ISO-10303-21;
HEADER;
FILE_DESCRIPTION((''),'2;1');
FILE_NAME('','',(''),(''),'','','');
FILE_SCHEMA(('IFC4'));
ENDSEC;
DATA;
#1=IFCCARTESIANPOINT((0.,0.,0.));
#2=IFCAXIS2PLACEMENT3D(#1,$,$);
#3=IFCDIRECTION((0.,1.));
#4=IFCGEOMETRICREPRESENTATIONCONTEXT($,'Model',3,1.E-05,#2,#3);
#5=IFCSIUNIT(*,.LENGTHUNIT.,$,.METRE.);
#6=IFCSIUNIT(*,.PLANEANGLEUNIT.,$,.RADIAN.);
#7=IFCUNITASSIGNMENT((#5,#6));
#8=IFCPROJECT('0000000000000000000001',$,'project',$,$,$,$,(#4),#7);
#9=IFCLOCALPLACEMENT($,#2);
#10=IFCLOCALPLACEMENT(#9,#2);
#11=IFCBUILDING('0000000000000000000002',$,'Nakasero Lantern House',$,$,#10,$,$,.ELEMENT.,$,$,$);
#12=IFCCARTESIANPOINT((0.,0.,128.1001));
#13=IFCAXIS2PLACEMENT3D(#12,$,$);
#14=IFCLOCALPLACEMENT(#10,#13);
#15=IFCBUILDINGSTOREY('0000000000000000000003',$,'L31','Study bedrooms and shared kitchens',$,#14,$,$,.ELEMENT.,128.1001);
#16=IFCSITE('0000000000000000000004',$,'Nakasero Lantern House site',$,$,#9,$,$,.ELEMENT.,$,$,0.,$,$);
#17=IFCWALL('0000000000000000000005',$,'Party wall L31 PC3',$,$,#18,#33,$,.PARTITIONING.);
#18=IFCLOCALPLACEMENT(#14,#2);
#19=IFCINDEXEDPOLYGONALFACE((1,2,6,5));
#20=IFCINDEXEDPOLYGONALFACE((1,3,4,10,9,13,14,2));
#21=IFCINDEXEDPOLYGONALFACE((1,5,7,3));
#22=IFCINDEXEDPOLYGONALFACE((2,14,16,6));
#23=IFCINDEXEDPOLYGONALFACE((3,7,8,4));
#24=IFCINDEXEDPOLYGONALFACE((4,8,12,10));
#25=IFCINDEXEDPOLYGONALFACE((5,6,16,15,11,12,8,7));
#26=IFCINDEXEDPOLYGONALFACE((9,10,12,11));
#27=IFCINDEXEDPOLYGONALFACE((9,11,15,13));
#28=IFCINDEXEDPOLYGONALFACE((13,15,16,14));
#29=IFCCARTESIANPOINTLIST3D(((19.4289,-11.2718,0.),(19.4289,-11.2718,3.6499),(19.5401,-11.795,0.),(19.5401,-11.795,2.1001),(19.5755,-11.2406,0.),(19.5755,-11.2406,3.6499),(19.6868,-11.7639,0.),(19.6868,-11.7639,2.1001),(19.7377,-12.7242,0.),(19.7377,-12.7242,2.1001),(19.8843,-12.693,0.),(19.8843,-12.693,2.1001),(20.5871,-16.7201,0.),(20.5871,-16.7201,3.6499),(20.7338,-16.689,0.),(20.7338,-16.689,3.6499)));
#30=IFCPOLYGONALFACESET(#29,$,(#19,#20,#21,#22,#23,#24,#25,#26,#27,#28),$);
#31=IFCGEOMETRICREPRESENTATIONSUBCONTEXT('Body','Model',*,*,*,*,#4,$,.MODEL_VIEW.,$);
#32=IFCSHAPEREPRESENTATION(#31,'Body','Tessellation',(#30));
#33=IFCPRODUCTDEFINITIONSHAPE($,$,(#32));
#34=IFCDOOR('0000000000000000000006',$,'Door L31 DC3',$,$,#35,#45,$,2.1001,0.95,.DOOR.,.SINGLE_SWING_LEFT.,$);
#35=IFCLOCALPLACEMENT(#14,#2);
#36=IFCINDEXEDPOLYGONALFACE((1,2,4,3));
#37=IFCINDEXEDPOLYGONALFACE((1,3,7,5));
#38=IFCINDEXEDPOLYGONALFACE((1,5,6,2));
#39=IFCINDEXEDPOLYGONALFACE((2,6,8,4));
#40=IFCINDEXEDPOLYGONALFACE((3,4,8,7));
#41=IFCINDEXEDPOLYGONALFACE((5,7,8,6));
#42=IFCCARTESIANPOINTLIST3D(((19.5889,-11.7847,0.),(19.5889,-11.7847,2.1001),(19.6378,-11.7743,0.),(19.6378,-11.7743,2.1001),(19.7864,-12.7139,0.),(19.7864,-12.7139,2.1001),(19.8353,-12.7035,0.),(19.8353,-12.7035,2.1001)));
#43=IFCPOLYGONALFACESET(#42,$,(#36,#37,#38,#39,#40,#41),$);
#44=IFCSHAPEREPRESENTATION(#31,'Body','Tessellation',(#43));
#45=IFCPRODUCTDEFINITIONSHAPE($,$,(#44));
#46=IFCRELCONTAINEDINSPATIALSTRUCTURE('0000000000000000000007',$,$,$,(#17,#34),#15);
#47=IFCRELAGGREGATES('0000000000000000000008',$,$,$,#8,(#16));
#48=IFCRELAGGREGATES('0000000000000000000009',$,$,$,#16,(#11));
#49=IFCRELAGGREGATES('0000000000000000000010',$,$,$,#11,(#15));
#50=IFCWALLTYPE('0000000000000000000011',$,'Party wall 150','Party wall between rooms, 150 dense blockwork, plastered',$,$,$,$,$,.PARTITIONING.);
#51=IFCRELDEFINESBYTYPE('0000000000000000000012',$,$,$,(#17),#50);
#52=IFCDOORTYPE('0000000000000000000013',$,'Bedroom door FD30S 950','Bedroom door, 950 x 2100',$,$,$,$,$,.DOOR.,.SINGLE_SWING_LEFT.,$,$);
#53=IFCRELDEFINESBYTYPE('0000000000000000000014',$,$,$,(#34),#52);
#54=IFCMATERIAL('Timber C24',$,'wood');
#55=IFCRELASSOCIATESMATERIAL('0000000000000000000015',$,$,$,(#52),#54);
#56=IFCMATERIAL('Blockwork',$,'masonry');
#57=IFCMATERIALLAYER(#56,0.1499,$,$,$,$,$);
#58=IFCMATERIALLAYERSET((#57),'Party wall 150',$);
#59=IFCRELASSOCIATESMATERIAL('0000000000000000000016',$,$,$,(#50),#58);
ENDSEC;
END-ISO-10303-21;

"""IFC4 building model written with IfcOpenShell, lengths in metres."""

from ifc_helpers import new_model, si_unit, direction, frame, frame_2d, origin, place, context, subcontext, project, spatial, rectangle, extrude, material, layer, layer_set, type_object, element, fill, save


model = new_model("IFC4")

# Units and contexts
model_context = context("Model", 3, precision=1e-05, world=origin(), true_north=direction((0.0, 1.0)))
body_context = subcontext(model_context, "Body", "Model", "MODEL_VIEW")
ifc_project = project(units=[si_unit("LENGTHUNIT", "METRE"), si_unit("PLANEANGLEUNIT", "RADIAN")], contexts=[model_context])

# Site, building, storey
site_placement = place(None, origin())
site = spatial("IfcSite", under=ifc_project, at=site_placement, Name="Nakasero Lantern House site", CompositionType="ELEMENT", RefElevation=0.0)
building_placement = place(site_placement, origin())
building = spatial("IfcBuilding", under=site, at=building_placement, Name="Nakasero Lantern House", CompositionType="ELEMENT")
storey_placement = place(building_placement, frame((0.0, 0.0, 128.1001)))
storey = spatial("IfcBuildingStorey", under=building, at=storey_placement, Name="L31", Description="Study bedrooms and shared kitchens", CompositionType="ELEMENT", Elevation=128.1001)

# Shared definitions
ifc_material_1 = material(Name="Timber C24", Category="wood")
door_type_1 = type_object("IfcDoorType", Name="Bedroom door FD30S 950", Description="Bedroom door, 950 x 2100", OperationType="SINGLE_SWING_LEFT", PredefinedType="DOOR", material=ifc_material_1)

# Wall, opening, door
ifc_material_2 = material(Name="Blockwork", Category="masonry")
ifc_layer_1 = layer(ifc_material_2, 0.1499)
ifc_layer_set_1 = layer_set([ifc_layer_1], Name="Party wall 150")
wall_type_1 = type_object("IfcWallType", Name="Party wall 150", Description="Party wall between rooms, 150 dense blockwork, plastered", PredefinedType="PARTITIONING", material=ifc_layer_set_1)
wall_1_placement = place(storey_placement, frame((19.5022, -11.2561, 0.0), z_axis=(0.0, 0.0, 1.0), x_axis=(0.207936, -0.978142, 0.0)))
wall_1 = element("IfcWall", 1, at=wall_1_placement, inside=storey, type_object=wall_type_1, Name="Party wall L31 PC3", PredefinedType="PARTITIONING", context=body_context, shape_type="SweptSolid", body=[
    extrude(rectangle(XDim=5.5701, YDim=0.1499, at=frame_2d((2.7852, 0.0))), origin(), (0.0, 0.0, 1.0), 3.6499),
])
opening_1_placement = place(wall_1_placement, frame((0.5349, 0.0, 0.0)))
opening_1 = element("IfcOpeningElement", 2, at=opening_1_placement, cuts=wall_1, PredefinedType="OPENING", context=body_context, shape_type="SweptSolid", body=[
    extrude(rectangle(XDim=0.95, YDim=2.1001, at=frame_2d((0.4751, 1.05))), frame((0.0, 0.095, 0.0), z_axis=(0.0, -1.0, 0.0), x_axis=(1.0, 0.0, 0.0)), (0.0, 0.0, 1.0), 0.1899),
])
door_1_placement = place(opening_1_placement, origin())
door_1 = element("IfcDoor", 3, at=door_1_placement, inside=storey, type_object=door_type_1, Name="Door L31 DC3", OperationType="SINGLE_SWING_LEFT", OverallHeight=2.1001, OverallWidth=0.95, PredefinedType="DOOR", context=body_context, shape_type="SweptSolid", body=[
    extrude(rectangle(XDim=0.95, YDim=2.1001, at=frame_2d((0.4751, 1.05))), frame((0.0, 0.0249, 0.0), z_axis=(0.0, -1.0, 0.0), x_axis=(1.0, 0.0, 0.0)), (0.0, 0.0, 1.0), 0.05),
])
fill(opening_1, door_1)

save(model, "model.ifc")
